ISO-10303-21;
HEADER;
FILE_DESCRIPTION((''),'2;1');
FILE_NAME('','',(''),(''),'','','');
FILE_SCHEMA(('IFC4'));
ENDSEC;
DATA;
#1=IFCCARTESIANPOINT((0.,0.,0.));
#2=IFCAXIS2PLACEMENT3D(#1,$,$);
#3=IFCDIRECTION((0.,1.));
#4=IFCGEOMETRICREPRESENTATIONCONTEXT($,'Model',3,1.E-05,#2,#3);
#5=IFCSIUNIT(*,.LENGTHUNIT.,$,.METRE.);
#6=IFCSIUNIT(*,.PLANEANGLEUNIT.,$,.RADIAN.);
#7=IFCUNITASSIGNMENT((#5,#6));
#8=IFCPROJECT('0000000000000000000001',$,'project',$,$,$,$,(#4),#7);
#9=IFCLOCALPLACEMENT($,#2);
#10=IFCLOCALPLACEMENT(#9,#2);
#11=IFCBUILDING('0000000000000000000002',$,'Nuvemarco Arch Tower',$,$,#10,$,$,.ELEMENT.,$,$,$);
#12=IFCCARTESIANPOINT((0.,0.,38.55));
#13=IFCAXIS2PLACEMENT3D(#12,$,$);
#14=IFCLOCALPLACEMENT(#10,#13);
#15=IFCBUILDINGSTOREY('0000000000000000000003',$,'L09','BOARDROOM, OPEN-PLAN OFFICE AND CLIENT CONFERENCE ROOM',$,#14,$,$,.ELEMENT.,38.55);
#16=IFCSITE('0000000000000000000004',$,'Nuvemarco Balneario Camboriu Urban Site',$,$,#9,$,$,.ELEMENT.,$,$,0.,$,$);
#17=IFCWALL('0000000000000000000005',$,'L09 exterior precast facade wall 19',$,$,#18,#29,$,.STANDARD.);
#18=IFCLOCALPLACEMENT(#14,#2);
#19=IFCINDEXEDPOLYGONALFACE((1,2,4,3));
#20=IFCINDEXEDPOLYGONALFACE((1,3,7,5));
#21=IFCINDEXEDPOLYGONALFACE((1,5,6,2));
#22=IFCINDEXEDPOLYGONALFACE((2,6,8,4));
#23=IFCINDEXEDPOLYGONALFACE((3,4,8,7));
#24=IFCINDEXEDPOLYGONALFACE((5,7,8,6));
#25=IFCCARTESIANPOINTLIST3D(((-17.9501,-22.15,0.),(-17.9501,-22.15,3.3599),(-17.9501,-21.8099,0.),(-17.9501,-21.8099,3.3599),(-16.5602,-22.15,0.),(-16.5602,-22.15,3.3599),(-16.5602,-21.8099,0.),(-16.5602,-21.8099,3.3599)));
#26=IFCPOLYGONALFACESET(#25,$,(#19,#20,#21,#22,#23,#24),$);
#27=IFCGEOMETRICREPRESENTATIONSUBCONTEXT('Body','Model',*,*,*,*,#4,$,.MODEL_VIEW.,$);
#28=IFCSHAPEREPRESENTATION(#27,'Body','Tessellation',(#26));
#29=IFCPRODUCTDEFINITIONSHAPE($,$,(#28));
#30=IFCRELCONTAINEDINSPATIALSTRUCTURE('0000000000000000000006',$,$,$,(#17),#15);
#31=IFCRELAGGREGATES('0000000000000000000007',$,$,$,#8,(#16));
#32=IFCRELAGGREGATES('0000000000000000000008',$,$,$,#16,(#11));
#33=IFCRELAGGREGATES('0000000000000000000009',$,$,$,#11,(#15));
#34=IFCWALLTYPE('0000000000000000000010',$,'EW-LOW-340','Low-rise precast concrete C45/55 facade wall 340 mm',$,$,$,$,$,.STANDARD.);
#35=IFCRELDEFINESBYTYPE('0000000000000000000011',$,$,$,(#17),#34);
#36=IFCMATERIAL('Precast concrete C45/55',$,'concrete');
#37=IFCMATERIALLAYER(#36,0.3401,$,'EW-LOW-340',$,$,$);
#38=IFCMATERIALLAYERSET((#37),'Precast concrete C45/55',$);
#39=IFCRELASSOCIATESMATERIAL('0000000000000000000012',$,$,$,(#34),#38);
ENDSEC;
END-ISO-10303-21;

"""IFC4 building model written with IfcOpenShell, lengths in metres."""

from ifc_helpers import new_model, si_unit, direction, frame, frame_2d, origin, place, context, subcontext, project, spatial, rectangle, extrude, material, layer, layer_set, type_object, element, save


model = new_model("IFC4")

# Units and contexts
model_context = context("Model", 3, precision=1e-05, world=origin(), true_north=direction((0.0, 1.0)))
body_context = subcontext(model_context, "Body", "Model", "MODEL_VIEW")
ifc_project = project(units=[si_unit("LENGTHUNIT", "METRE"), si_unit("PLANEANGLEUNIT", "RADIAN")], contexts=[model_context])

# Site, building, storey
site_placement = place(None, origin())
site = spatial("IfcSite", under=ifc_project, at=site_placement, Name="Nuvemarco Balneario Camboriu Urban Site", CompositionType="ELEMENT", RefElevation=0.0)
building_placement = place(site_placement, origin())
building = spatial("IfcBuilding", under=site, at=building_placement, Name="Nuvemarco Arch Tower", CompositionType="ELEMENT")
storey_placement = place(building_placement, frame((0.0, 0.0, 38.55)))
storey = spatial("IfcBuildingStorey", under=building, at=storey_placement, Name="L09", Description="BOARDROOM, OPEN-PLAN OFFICE AND CLIENT CONFERENCE ROOM", CompositionType="ELEMENT", Elevation=38.55)

# Shared definitions
ifc_material_1 = material(Name="Precast concrete C45/55", Category="concrete")

# Shared definitions
ifc_layer_1 = layer(ifc_material_1, 0.3401, Name="EW-LOW-340")
ifc_layer_set_1 = layer_set([ifc_layer_1], Name="Precast concrete C45/55")
wall_type = type_object("IfcWallType", Name="EW-LOW-340", Description="Low-rise precast concrete C45/55 facade wall 340 mm", PredefinedType="STANDARD", material=ifc_layer_set_1)

# Wall
wall_1_placement = place(storey_placement, frame((-17.95, -21.98, 0.0), z_axis=(0.0, 0.0, 1.0), x_axis=(1.0, 0.0, 0.0)))
element("IfcWall", 1, at=wall_1_placement, inside=storey, type_object=wall_type, Name="L09 exterior precast facade wall 19", PredefinedType="STANDARD", context=body_context, shape_type="SweptSolid", body=[
    extrude(rectangle(XDim=1.3899, YDim=0.3401, at=frame_2d((0.6948, 0.0))), origin(), (0.0, 0.0, 1.0), 3.3599),
])

save(model, "model.ifc")
